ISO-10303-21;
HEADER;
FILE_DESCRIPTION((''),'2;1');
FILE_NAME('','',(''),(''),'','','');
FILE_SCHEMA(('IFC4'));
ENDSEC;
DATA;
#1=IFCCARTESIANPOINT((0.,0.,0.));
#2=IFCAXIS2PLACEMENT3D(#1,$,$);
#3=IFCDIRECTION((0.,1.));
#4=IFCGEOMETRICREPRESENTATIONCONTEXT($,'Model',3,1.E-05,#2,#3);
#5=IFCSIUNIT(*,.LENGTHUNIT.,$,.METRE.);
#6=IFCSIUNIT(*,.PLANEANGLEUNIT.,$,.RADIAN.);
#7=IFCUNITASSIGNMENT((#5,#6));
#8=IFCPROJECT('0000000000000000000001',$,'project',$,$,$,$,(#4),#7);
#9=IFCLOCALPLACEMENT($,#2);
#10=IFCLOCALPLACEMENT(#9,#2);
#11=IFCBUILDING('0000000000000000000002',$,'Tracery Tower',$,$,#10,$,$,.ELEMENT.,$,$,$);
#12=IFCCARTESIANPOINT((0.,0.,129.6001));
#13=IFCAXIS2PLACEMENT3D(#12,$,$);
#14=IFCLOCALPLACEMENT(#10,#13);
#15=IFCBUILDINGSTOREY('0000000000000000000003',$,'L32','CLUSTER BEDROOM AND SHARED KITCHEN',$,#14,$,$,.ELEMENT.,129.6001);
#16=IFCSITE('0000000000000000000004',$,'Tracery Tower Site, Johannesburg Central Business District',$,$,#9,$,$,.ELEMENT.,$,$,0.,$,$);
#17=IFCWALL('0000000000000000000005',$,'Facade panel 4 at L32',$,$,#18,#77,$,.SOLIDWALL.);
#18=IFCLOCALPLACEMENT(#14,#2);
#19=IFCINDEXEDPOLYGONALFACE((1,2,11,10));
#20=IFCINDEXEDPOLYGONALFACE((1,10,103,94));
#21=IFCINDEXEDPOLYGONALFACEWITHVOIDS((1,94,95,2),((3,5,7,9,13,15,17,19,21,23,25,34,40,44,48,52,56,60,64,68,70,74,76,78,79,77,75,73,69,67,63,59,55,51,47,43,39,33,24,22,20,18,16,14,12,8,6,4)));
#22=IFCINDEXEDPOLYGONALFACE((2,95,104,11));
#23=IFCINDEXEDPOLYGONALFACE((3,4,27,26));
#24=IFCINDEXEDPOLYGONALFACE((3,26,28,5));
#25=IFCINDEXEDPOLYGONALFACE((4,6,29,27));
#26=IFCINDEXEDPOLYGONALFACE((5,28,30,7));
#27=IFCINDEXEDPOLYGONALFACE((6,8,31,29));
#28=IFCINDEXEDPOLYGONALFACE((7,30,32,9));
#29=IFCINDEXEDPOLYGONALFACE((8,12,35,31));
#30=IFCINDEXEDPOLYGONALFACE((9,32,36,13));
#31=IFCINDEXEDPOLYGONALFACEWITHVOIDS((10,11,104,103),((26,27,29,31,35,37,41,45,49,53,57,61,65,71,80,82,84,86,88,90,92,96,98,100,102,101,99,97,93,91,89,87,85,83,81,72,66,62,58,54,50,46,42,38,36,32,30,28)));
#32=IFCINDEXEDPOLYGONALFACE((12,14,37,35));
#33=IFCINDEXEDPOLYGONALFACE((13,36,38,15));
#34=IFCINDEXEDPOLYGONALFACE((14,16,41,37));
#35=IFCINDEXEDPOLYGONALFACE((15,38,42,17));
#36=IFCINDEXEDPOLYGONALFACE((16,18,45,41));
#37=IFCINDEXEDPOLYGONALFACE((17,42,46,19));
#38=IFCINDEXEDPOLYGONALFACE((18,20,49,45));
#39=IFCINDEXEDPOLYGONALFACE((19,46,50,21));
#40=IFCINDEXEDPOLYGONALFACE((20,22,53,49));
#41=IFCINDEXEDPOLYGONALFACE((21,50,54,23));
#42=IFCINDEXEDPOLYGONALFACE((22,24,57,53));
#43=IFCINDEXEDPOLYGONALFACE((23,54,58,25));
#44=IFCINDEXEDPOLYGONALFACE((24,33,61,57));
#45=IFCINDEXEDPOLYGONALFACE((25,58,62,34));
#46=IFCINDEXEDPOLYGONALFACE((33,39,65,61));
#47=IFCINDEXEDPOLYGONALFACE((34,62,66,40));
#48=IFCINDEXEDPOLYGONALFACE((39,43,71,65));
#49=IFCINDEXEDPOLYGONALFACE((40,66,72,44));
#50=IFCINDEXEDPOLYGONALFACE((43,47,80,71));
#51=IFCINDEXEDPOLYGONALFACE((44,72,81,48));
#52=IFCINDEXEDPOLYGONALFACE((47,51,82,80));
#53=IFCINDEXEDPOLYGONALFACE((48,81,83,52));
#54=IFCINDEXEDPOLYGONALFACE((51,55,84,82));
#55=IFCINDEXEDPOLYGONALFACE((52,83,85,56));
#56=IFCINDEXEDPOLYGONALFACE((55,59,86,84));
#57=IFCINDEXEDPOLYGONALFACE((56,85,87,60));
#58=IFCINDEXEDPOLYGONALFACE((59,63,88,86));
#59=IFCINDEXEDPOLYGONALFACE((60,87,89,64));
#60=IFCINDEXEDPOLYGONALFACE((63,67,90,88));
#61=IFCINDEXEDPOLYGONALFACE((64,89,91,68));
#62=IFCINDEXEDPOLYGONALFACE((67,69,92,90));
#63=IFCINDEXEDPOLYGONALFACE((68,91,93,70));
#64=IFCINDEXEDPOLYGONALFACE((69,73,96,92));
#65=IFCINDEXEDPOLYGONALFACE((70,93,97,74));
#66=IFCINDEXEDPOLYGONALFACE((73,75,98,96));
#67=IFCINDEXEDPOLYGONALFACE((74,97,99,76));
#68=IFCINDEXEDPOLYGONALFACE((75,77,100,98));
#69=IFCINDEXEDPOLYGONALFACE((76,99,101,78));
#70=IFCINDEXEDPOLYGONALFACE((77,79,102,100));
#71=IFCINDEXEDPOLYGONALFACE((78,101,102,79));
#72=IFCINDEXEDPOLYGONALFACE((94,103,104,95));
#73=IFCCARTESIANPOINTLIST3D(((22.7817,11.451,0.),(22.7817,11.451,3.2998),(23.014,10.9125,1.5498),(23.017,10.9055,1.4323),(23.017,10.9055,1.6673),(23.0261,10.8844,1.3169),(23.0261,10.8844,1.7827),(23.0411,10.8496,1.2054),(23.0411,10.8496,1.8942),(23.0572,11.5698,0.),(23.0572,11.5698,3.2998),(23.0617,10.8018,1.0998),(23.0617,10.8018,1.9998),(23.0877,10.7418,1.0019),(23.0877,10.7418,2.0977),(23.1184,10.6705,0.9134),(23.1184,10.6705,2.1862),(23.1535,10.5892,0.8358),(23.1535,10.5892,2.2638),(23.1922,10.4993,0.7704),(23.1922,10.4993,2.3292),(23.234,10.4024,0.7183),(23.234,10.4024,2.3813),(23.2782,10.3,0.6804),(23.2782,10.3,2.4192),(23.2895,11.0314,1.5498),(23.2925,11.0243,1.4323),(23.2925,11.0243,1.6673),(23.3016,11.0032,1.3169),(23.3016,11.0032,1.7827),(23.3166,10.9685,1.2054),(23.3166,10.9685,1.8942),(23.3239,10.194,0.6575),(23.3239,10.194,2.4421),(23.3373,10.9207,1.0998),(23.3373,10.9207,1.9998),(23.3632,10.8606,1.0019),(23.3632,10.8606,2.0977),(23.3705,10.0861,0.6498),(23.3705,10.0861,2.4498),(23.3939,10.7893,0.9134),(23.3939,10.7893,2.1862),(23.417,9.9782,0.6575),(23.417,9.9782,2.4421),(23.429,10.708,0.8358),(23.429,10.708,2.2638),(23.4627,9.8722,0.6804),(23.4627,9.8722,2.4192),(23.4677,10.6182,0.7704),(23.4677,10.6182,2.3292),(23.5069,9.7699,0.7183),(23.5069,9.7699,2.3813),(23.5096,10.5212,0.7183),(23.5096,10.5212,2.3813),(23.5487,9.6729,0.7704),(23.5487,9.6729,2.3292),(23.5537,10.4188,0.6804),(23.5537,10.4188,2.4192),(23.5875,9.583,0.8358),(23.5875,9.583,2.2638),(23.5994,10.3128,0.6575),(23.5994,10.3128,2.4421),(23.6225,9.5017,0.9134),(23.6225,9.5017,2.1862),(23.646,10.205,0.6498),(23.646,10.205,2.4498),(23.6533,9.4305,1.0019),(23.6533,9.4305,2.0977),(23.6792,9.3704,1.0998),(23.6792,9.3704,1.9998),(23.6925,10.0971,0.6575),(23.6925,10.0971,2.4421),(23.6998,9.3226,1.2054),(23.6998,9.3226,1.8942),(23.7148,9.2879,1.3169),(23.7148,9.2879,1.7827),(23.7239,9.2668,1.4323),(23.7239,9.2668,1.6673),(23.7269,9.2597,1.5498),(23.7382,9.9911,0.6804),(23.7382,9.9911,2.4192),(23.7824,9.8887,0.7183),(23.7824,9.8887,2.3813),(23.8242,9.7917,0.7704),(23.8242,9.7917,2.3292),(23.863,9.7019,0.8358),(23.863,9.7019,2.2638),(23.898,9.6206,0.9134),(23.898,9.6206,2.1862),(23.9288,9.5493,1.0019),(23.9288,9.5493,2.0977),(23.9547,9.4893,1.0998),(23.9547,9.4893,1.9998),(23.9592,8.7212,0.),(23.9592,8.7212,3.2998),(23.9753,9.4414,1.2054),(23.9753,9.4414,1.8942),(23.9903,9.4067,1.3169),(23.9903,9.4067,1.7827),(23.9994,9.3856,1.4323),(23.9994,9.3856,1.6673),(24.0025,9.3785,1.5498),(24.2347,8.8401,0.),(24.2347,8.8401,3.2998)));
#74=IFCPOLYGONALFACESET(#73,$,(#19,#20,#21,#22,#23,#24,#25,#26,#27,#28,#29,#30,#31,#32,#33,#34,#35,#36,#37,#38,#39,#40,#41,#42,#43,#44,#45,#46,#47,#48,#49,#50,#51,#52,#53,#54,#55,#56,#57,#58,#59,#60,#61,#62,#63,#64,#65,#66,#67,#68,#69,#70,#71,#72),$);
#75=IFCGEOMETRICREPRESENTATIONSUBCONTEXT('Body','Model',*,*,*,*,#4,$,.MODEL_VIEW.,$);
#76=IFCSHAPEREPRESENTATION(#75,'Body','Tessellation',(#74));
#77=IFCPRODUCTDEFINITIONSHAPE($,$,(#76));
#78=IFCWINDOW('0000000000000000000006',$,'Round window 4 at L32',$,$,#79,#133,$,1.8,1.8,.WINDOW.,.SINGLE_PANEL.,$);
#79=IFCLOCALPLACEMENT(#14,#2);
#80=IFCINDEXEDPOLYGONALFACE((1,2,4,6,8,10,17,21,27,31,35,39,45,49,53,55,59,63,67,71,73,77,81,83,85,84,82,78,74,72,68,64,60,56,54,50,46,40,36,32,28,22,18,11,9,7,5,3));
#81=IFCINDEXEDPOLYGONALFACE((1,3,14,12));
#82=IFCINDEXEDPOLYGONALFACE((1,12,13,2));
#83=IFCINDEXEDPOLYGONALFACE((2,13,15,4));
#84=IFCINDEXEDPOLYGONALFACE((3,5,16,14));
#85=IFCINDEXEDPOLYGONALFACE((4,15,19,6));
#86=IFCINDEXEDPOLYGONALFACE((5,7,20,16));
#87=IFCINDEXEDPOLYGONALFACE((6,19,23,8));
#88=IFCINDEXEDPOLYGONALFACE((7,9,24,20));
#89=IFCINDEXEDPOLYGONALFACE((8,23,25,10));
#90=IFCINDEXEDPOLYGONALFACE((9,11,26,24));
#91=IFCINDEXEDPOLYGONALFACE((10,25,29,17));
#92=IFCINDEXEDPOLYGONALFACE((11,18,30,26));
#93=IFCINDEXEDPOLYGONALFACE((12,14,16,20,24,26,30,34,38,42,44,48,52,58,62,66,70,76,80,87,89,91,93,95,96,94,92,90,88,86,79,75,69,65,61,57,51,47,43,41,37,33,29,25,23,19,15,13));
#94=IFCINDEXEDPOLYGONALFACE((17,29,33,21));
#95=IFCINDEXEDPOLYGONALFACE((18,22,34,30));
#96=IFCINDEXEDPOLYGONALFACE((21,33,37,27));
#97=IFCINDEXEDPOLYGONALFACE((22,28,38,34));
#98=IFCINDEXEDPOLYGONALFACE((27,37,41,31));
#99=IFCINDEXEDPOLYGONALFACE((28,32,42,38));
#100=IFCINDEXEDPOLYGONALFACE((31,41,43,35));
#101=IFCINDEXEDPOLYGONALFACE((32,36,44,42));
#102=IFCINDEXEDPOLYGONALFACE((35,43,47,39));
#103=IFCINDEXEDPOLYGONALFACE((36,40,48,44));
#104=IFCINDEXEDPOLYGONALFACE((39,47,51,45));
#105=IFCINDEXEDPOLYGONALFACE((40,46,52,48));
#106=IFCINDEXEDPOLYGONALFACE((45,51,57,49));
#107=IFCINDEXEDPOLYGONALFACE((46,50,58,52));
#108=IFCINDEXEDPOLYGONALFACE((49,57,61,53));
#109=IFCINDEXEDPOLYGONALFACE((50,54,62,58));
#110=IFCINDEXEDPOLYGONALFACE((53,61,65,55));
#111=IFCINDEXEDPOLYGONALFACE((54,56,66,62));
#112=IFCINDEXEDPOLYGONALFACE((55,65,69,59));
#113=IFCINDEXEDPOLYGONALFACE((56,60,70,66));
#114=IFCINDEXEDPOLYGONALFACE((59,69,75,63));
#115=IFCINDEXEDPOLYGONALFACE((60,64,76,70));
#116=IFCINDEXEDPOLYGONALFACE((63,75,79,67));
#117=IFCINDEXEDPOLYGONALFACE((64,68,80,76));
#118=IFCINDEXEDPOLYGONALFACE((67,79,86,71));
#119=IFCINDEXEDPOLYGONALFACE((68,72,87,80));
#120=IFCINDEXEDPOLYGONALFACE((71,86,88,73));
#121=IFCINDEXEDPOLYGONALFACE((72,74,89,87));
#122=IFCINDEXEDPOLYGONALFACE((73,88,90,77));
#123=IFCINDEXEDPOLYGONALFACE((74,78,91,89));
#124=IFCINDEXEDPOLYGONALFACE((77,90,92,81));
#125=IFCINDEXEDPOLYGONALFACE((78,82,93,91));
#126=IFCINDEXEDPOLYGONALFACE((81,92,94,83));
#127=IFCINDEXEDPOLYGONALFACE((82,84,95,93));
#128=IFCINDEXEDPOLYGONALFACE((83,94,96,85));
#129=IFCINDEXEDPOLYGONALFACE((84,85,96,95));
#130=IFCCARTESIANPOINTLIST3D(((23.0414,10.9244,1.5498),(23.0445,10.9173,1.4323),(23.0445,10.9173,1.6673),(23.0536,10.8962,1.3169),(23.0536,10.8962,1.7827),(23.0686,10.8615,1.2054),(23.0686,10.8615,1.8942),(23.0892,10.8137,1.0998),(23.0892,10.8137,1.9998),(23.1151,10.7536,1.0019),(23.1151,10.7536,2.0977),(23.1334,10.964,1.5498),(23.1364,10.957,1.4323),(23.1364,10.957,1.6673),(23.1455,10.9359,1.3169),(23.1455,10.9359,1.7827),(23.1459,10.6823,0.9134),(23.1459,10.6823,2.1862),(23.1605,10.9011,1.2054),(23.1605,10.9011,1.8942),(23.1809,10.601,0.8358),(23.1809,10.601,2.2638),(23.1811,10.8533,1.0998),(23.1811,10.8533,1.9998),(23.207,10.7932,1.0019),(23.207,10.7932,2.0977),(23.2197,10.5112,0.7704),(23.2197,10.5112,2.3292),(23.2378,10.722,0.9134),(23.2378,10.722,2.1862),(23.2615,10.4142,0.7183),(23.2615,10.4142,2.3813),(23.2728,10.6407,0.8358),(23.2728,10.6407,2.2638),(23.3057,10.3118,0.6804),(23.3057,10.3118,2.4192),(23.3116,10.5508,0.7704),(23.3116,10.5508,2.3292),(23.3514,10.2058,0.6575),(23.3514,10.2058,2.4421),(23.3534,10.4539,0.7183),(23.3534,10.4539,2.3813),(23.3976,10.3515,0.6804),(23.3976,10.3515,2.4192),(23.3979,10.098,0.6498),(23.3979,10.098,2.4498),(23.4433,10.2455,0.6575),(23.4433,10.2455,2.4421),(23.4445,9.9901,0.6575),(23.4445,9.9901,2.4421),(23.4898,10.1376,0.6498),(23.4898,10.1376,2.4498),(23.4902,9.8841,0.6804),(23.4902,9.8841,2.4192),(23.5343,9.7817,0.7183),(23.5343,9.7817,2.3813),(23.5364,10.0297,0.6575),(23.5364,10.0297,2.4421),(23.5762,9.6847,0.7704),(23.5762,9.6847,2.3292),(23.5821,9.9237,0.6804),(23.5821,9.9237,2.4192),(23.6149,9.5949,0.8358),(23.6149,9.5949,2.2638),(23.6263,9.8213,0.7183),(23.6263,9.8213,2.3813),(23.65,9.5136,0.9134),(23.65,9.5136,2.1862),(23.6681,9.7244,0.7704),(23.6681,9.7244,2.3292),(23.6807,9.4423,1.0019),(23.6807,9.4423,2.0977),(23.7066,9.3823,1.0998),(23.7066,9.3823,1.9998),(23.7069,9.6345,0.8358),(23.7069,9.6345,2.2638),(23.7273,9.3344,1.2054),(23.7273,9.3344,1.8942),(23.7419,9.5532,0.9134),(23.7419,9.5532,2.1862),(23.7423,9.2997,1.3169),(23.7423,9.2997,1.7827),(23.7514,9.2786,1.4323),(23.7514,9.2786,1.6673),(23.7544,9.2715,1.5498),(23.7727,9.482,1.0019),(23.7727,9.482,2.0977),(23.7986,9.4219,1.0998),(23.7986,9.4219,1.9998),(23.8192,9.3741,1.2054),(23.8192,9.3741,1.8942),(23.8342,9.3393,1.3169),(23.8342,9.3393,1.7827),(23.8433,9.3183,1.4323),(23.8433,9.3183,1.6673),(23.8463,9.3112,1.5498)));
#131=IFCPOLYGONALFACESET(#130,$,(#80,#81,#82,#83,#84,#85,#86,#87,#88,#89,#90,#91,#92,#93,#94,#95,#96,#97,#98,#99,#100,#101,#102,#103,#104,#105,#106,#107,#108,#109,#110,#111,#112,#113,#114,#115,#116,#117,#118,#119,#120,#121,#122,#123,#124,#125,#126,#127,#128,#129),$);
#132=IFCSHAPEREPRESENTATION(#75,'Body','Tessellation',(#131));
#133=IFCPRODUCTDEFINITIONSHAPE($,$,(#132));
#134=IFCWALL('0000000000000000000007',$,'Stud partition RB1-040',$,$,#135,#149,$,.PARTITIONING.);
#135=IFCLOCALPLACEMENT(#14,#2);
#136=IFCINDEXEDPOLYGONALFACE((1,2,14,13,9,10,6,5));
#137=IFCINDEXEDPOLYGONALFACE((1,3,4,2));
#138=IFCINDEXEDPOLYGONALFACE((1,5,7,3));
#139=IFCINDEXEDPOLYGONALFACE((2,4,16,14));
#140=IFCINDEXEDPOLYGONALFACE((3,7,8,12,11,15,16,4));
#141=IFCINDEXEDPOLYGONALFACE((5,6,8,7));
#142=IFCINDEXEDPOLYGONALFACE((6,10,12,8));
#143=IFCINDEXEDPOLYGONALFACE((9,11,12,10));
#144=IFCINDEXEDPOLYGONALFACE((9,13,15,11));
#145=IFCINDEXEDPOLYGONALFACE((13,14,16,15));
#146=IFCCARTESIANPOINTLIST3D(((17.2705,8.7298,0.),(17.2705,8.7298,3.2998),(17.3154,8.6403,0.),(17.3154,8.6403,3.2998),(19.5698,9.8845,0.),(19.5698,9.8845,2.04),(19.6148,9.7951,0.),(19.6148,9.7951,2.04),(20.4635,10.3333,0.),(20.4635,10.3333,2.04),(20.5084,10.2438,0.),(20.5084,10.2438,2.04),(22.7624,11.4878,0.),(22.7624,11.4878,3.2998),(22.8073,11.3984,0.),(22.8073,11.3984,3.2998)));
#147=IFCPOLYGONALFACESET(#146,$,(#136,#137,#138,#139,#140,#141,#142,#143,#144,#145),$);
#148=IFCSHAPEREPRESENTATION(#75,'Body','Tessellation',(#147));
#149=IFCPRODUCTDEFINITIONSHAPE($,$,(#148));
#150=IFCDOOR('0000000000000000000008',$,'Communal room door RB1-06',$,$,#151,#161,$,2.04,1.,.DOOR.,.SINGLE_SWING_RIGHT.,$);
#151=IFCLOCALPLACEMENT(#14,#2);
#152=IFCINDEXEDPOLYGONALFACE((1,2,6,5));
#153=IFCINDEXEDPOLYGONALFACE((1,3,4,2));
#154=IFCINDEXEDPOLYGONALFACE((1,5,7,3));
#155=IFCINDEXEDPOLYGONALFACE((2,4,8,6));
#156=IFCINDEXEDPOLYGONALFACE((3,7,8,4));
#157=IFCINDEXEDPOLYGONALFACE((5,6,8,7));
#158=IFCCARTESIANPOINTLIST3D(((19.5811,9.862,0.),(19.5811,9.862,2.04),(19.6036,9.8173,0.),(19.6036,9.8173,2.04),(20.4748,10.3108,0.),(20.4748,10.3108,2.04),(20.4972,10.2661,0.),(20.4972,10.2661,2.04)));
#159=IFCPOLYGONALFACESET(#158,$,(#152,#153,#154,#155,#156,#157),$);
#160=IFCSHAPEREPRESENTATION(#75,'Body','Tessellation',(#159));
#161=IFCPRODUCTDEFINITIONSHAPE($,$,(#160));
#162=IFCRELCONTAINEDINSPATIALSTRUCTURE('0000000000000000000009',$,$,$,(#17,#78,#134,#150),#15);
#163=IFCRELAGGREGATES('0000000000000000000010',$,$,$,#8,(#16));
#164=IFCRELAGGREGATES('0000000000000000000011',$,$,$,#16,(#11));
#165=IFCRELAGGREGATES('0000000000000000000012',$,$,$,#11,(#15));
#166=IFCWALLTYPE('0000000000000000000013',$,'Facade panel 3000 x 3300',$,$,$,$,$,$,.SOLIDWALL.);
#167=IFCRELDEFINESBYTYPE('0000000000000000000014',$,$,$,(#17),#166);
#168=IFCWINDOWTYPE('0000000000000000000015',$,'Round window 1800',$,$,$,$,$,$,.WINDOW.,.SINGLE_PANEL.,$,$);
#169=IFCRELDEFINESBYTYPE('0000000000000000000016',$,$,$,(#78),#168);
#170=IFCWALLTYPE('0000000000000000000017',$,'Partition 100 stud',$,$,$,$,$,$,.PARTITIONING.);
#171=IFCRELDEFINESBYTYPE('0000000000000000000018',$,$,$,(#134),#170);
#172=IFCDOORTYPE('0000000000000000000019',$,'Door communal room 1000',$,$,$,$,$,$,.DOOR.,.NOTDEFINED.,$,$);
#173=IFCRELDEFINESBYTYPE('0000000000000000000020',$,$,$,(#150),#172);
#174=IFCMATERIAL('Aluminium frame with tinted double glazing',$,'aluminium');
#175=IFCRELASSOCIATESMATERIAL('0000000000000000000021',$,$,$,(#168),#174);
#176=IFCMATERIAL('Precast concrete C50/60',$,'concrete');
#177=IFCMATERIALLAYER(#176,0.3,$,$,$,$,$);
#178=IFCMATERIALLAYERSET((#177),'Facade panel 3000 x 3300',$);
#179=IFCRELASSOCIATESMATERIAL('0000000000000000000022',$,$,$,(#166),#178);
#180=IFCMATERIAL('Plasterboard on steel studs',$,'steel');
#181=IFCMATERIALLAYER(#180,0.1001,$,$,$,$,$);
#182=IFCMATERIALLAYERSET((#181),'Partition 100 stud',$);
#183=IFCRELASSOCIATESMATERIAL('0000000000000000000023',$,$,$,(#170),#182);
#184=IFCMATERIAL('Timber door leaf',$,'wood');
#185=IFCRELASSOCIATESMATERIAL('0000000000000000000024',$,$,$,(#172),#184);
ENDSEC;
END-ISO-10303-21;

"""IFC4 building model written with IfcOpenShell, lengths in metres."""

from ifc_helpers import new_model, si_unit, direction, frame, frame_2d, origin, origin_2d, place, context, subcontext, project, spatial, rectangle, circle, extrude, material, layer, layer_set, type_object, element, fill, save


model = new_model("IFC4")

# Units and contexts
model_context = context("Model", 3, precision=1e-05, world=origin(), true_north=direction((0.0, 1.0)))
body_context = subcontext(model_context, "Body", "Model", "MODEL_VIEW")
ifc_project = project(units=[si_unit("LENGTHUNIT", "METRE"), si_unit("PLANEANGLEUNIT", "RADIAN")], contexts=[model_context])

# Site, building, storey
site_placement = place(None, origin())
site = spatial("IfcSite", under=ifc_project, at=site_placement, Name="Tracery Tower Site, Johannesburg Central Business District", CompositionType="ELEMENT", RefElevation=0.0)
building_placement = place(site_placement, origin())
building = spatial("IfcBuilding", under=site, at=building_placement, Name="Tracery Tower", CompositionType="ELEMENT")
storey_placement = place(building_placement, frame((0.0, 0.0, 129.6001)))
storey = spatial("IfcBuildingStorey", under=building, at=storey_placement, Name="L32", Description="CLUSTER BEDROOM AND SHARED KITCHEN", CompositionType="ELEMENT", Elevation=129.6001)

# Wall, opening, window
ifc_material_1 = material(Name="Aluminium frame with tinted double glazing", Category="aluminium")
window_type = type_object("IfcWindowType", Name="Round window 1800", PartitioningType="SINGLE_PANEL", PredefinedType="WINDOW", material=ifc_material_1)
ifc_material_2 = material(Name="Precast concrete C50/60", Category="concrete")
ifc_layer_1 = layer(ifc_material_2, 0.3)
ifc_layer_set_1 = layer_set([ifc_layer_1], Name="Facade panel 3000 x 3300")
wall_type_1 = type_object("IfcWallType", Name="Facade panel 3000 x 3300", PredefinedType="SOLIDWALL", material=ifc_layer_set_1)
wall_1_placement = place(storey_placement, frame((24.0969, 8.7808, 0.0), z_axis=(0.0, 0.0, 1.0), x_axis=(-0.396079, 0.918216, 0.0)))
wall_1 = element("IfcWall", 1, at=wall_1_placement, inside=storey, type_object=wall_type_1, Name="Facade panel 4 at L32", PredefinedType="SOLIDWALL", context=body_context, shape_type="SweptSolid", body=[
    extrude(rectangle(XDim=2.9729, YDim=0.3, at=frame_2d((1.4863, 0.0))), origin(), (0.0, 0.0, 1.0), 3.2998),
])
opening_1_placement = place(wall_1_placement, frame((1.4863, 0.0, 1.5498)))
opening_1 = element("IfcOpeningElement", 2, at=opening_1_placement, cuts=wall_1, PredefinedType="OPENING", context=body_context, shape_type="SweptSolid", body=[
    extrude(circle(Radius=0.9, at=origin_2d()), frame((0.0, 0.1599, 0.0), z_axis=(0.0, -1.0, 0.0), x_axis=(1.0, 0.0, 0.0)), (0.0, 0.0, 1.0), 0.3201),
])
window_1_placement = place(opening_1_placement, origin())
window_1 = element("IfcWindow", 3, at=window_1_placement, inside=storey, type_object=window_type, Name="Round window 4 at L32", OverallHeight=1.8, OverallWidth=1.8, PartitioningType="SINGLE_PANEL", PredefinedType="WINDOW", context=body_context, shape_type="SweptSolid", body=[
    extrude(circle(Radius=0.9, at=origin_2d()), frame((0.0, 0.1201, 0.0), z_axis=(0.0, -1.0, 0.0), x_axis=(1.0, 0.0, 0.0)), (0.0, 0.0, 1.0), 0.1001),
])
fill(opening_1, window_1)

# Wall, opening, door
ifc_material_3 = material(Name="Plasterboard on steel studs", Category="steel")
ifc_layer_2 = layer(ifc_material_3, 0.1001)
ifc_layer_set_2 = layer_set([ifc_layer_2], Name="Partition 100 stud")
wall_type_2 = type_object("IfcWallType", Name="Partition 100 stud", PredefinedType="PARTITIONING", material=ifc_layer_set_2)
wall_2_placement = place(storey_placement, frame((17.293, 8.6851, 0.0), z_axis=(0.0, 0.0, 1.0), x_axis=(0.893639, 0.448786, 0.0)))
wall_2 = element("IfcWall", 4, at=wall_2_placement, inside=storey, type_object=wall_type_2, Name="Stud partition RB1-040", PredefinedType="PARTITIONING", context=body_context, shape_type="SweptSolid", body=[
    extrude(rectangle(XDim=6.1455, YDim=0.1001, at=frame_2d((3.0728, 0.0))), origin(), (0.0, 0.0, 1.0), 3.2998),
])
opening_2_placement = place(wall_2_placement, frame((2.573, 0.0, 0.0)))
opening_2 = element("IfcOpeningElement", 5, at=opening_2_placement, cuts=wall_2, PredefinedType="OPENING", context=body_context, shape_type="SweptSolid", body=[
    extrude(rectangle(XDim=1.0, YDim=2.04, at=frame_2d((0.5, 1.02))), frame((0.0, 0.05, 0.0), z_axis=(0.0, -1.0, 0.0), x_axis=(1.0, 0.0, 0.0)), (0.0, 0.0, 1.0), 0.1001),
])
ifc_material_4 = material(Name="Timber door leaf", Category="wood")
door_type_1 = type_object("IfcDoorType", Name="Door communal room 1000", OperationType="NOTDEFINED", PredefinedType="DOOR", material=ifc_material_4)
door_1_placement = place(opening_2_placement, origin())
door_1 = element("IfcDoor", 6, at=door_1_placement, inside=storey, type_object=door_type_1, Name="Communal room door RB1-06", OperationType="SINGLE_SWING_RIGHT", OverallHeight=2.04, OverallWidth=1.0, PredefinedType="DOOR", context=body_context, shape_type="SweptSolid", body=[
    extrude(rectangle(XDim=1.0, YDim=2.04, at=frame_2d((0.5, 1.02))), frame((0.0, 0.0249, 0.0), z_axis=(0.0, -1.0, 0.0), x_axis=(1.0, 0.0, 0.0)), (0.0, 0.0, 1.0), 0.05),
])
fill(opening_2, door_1)

save(model, "model.ifc")
